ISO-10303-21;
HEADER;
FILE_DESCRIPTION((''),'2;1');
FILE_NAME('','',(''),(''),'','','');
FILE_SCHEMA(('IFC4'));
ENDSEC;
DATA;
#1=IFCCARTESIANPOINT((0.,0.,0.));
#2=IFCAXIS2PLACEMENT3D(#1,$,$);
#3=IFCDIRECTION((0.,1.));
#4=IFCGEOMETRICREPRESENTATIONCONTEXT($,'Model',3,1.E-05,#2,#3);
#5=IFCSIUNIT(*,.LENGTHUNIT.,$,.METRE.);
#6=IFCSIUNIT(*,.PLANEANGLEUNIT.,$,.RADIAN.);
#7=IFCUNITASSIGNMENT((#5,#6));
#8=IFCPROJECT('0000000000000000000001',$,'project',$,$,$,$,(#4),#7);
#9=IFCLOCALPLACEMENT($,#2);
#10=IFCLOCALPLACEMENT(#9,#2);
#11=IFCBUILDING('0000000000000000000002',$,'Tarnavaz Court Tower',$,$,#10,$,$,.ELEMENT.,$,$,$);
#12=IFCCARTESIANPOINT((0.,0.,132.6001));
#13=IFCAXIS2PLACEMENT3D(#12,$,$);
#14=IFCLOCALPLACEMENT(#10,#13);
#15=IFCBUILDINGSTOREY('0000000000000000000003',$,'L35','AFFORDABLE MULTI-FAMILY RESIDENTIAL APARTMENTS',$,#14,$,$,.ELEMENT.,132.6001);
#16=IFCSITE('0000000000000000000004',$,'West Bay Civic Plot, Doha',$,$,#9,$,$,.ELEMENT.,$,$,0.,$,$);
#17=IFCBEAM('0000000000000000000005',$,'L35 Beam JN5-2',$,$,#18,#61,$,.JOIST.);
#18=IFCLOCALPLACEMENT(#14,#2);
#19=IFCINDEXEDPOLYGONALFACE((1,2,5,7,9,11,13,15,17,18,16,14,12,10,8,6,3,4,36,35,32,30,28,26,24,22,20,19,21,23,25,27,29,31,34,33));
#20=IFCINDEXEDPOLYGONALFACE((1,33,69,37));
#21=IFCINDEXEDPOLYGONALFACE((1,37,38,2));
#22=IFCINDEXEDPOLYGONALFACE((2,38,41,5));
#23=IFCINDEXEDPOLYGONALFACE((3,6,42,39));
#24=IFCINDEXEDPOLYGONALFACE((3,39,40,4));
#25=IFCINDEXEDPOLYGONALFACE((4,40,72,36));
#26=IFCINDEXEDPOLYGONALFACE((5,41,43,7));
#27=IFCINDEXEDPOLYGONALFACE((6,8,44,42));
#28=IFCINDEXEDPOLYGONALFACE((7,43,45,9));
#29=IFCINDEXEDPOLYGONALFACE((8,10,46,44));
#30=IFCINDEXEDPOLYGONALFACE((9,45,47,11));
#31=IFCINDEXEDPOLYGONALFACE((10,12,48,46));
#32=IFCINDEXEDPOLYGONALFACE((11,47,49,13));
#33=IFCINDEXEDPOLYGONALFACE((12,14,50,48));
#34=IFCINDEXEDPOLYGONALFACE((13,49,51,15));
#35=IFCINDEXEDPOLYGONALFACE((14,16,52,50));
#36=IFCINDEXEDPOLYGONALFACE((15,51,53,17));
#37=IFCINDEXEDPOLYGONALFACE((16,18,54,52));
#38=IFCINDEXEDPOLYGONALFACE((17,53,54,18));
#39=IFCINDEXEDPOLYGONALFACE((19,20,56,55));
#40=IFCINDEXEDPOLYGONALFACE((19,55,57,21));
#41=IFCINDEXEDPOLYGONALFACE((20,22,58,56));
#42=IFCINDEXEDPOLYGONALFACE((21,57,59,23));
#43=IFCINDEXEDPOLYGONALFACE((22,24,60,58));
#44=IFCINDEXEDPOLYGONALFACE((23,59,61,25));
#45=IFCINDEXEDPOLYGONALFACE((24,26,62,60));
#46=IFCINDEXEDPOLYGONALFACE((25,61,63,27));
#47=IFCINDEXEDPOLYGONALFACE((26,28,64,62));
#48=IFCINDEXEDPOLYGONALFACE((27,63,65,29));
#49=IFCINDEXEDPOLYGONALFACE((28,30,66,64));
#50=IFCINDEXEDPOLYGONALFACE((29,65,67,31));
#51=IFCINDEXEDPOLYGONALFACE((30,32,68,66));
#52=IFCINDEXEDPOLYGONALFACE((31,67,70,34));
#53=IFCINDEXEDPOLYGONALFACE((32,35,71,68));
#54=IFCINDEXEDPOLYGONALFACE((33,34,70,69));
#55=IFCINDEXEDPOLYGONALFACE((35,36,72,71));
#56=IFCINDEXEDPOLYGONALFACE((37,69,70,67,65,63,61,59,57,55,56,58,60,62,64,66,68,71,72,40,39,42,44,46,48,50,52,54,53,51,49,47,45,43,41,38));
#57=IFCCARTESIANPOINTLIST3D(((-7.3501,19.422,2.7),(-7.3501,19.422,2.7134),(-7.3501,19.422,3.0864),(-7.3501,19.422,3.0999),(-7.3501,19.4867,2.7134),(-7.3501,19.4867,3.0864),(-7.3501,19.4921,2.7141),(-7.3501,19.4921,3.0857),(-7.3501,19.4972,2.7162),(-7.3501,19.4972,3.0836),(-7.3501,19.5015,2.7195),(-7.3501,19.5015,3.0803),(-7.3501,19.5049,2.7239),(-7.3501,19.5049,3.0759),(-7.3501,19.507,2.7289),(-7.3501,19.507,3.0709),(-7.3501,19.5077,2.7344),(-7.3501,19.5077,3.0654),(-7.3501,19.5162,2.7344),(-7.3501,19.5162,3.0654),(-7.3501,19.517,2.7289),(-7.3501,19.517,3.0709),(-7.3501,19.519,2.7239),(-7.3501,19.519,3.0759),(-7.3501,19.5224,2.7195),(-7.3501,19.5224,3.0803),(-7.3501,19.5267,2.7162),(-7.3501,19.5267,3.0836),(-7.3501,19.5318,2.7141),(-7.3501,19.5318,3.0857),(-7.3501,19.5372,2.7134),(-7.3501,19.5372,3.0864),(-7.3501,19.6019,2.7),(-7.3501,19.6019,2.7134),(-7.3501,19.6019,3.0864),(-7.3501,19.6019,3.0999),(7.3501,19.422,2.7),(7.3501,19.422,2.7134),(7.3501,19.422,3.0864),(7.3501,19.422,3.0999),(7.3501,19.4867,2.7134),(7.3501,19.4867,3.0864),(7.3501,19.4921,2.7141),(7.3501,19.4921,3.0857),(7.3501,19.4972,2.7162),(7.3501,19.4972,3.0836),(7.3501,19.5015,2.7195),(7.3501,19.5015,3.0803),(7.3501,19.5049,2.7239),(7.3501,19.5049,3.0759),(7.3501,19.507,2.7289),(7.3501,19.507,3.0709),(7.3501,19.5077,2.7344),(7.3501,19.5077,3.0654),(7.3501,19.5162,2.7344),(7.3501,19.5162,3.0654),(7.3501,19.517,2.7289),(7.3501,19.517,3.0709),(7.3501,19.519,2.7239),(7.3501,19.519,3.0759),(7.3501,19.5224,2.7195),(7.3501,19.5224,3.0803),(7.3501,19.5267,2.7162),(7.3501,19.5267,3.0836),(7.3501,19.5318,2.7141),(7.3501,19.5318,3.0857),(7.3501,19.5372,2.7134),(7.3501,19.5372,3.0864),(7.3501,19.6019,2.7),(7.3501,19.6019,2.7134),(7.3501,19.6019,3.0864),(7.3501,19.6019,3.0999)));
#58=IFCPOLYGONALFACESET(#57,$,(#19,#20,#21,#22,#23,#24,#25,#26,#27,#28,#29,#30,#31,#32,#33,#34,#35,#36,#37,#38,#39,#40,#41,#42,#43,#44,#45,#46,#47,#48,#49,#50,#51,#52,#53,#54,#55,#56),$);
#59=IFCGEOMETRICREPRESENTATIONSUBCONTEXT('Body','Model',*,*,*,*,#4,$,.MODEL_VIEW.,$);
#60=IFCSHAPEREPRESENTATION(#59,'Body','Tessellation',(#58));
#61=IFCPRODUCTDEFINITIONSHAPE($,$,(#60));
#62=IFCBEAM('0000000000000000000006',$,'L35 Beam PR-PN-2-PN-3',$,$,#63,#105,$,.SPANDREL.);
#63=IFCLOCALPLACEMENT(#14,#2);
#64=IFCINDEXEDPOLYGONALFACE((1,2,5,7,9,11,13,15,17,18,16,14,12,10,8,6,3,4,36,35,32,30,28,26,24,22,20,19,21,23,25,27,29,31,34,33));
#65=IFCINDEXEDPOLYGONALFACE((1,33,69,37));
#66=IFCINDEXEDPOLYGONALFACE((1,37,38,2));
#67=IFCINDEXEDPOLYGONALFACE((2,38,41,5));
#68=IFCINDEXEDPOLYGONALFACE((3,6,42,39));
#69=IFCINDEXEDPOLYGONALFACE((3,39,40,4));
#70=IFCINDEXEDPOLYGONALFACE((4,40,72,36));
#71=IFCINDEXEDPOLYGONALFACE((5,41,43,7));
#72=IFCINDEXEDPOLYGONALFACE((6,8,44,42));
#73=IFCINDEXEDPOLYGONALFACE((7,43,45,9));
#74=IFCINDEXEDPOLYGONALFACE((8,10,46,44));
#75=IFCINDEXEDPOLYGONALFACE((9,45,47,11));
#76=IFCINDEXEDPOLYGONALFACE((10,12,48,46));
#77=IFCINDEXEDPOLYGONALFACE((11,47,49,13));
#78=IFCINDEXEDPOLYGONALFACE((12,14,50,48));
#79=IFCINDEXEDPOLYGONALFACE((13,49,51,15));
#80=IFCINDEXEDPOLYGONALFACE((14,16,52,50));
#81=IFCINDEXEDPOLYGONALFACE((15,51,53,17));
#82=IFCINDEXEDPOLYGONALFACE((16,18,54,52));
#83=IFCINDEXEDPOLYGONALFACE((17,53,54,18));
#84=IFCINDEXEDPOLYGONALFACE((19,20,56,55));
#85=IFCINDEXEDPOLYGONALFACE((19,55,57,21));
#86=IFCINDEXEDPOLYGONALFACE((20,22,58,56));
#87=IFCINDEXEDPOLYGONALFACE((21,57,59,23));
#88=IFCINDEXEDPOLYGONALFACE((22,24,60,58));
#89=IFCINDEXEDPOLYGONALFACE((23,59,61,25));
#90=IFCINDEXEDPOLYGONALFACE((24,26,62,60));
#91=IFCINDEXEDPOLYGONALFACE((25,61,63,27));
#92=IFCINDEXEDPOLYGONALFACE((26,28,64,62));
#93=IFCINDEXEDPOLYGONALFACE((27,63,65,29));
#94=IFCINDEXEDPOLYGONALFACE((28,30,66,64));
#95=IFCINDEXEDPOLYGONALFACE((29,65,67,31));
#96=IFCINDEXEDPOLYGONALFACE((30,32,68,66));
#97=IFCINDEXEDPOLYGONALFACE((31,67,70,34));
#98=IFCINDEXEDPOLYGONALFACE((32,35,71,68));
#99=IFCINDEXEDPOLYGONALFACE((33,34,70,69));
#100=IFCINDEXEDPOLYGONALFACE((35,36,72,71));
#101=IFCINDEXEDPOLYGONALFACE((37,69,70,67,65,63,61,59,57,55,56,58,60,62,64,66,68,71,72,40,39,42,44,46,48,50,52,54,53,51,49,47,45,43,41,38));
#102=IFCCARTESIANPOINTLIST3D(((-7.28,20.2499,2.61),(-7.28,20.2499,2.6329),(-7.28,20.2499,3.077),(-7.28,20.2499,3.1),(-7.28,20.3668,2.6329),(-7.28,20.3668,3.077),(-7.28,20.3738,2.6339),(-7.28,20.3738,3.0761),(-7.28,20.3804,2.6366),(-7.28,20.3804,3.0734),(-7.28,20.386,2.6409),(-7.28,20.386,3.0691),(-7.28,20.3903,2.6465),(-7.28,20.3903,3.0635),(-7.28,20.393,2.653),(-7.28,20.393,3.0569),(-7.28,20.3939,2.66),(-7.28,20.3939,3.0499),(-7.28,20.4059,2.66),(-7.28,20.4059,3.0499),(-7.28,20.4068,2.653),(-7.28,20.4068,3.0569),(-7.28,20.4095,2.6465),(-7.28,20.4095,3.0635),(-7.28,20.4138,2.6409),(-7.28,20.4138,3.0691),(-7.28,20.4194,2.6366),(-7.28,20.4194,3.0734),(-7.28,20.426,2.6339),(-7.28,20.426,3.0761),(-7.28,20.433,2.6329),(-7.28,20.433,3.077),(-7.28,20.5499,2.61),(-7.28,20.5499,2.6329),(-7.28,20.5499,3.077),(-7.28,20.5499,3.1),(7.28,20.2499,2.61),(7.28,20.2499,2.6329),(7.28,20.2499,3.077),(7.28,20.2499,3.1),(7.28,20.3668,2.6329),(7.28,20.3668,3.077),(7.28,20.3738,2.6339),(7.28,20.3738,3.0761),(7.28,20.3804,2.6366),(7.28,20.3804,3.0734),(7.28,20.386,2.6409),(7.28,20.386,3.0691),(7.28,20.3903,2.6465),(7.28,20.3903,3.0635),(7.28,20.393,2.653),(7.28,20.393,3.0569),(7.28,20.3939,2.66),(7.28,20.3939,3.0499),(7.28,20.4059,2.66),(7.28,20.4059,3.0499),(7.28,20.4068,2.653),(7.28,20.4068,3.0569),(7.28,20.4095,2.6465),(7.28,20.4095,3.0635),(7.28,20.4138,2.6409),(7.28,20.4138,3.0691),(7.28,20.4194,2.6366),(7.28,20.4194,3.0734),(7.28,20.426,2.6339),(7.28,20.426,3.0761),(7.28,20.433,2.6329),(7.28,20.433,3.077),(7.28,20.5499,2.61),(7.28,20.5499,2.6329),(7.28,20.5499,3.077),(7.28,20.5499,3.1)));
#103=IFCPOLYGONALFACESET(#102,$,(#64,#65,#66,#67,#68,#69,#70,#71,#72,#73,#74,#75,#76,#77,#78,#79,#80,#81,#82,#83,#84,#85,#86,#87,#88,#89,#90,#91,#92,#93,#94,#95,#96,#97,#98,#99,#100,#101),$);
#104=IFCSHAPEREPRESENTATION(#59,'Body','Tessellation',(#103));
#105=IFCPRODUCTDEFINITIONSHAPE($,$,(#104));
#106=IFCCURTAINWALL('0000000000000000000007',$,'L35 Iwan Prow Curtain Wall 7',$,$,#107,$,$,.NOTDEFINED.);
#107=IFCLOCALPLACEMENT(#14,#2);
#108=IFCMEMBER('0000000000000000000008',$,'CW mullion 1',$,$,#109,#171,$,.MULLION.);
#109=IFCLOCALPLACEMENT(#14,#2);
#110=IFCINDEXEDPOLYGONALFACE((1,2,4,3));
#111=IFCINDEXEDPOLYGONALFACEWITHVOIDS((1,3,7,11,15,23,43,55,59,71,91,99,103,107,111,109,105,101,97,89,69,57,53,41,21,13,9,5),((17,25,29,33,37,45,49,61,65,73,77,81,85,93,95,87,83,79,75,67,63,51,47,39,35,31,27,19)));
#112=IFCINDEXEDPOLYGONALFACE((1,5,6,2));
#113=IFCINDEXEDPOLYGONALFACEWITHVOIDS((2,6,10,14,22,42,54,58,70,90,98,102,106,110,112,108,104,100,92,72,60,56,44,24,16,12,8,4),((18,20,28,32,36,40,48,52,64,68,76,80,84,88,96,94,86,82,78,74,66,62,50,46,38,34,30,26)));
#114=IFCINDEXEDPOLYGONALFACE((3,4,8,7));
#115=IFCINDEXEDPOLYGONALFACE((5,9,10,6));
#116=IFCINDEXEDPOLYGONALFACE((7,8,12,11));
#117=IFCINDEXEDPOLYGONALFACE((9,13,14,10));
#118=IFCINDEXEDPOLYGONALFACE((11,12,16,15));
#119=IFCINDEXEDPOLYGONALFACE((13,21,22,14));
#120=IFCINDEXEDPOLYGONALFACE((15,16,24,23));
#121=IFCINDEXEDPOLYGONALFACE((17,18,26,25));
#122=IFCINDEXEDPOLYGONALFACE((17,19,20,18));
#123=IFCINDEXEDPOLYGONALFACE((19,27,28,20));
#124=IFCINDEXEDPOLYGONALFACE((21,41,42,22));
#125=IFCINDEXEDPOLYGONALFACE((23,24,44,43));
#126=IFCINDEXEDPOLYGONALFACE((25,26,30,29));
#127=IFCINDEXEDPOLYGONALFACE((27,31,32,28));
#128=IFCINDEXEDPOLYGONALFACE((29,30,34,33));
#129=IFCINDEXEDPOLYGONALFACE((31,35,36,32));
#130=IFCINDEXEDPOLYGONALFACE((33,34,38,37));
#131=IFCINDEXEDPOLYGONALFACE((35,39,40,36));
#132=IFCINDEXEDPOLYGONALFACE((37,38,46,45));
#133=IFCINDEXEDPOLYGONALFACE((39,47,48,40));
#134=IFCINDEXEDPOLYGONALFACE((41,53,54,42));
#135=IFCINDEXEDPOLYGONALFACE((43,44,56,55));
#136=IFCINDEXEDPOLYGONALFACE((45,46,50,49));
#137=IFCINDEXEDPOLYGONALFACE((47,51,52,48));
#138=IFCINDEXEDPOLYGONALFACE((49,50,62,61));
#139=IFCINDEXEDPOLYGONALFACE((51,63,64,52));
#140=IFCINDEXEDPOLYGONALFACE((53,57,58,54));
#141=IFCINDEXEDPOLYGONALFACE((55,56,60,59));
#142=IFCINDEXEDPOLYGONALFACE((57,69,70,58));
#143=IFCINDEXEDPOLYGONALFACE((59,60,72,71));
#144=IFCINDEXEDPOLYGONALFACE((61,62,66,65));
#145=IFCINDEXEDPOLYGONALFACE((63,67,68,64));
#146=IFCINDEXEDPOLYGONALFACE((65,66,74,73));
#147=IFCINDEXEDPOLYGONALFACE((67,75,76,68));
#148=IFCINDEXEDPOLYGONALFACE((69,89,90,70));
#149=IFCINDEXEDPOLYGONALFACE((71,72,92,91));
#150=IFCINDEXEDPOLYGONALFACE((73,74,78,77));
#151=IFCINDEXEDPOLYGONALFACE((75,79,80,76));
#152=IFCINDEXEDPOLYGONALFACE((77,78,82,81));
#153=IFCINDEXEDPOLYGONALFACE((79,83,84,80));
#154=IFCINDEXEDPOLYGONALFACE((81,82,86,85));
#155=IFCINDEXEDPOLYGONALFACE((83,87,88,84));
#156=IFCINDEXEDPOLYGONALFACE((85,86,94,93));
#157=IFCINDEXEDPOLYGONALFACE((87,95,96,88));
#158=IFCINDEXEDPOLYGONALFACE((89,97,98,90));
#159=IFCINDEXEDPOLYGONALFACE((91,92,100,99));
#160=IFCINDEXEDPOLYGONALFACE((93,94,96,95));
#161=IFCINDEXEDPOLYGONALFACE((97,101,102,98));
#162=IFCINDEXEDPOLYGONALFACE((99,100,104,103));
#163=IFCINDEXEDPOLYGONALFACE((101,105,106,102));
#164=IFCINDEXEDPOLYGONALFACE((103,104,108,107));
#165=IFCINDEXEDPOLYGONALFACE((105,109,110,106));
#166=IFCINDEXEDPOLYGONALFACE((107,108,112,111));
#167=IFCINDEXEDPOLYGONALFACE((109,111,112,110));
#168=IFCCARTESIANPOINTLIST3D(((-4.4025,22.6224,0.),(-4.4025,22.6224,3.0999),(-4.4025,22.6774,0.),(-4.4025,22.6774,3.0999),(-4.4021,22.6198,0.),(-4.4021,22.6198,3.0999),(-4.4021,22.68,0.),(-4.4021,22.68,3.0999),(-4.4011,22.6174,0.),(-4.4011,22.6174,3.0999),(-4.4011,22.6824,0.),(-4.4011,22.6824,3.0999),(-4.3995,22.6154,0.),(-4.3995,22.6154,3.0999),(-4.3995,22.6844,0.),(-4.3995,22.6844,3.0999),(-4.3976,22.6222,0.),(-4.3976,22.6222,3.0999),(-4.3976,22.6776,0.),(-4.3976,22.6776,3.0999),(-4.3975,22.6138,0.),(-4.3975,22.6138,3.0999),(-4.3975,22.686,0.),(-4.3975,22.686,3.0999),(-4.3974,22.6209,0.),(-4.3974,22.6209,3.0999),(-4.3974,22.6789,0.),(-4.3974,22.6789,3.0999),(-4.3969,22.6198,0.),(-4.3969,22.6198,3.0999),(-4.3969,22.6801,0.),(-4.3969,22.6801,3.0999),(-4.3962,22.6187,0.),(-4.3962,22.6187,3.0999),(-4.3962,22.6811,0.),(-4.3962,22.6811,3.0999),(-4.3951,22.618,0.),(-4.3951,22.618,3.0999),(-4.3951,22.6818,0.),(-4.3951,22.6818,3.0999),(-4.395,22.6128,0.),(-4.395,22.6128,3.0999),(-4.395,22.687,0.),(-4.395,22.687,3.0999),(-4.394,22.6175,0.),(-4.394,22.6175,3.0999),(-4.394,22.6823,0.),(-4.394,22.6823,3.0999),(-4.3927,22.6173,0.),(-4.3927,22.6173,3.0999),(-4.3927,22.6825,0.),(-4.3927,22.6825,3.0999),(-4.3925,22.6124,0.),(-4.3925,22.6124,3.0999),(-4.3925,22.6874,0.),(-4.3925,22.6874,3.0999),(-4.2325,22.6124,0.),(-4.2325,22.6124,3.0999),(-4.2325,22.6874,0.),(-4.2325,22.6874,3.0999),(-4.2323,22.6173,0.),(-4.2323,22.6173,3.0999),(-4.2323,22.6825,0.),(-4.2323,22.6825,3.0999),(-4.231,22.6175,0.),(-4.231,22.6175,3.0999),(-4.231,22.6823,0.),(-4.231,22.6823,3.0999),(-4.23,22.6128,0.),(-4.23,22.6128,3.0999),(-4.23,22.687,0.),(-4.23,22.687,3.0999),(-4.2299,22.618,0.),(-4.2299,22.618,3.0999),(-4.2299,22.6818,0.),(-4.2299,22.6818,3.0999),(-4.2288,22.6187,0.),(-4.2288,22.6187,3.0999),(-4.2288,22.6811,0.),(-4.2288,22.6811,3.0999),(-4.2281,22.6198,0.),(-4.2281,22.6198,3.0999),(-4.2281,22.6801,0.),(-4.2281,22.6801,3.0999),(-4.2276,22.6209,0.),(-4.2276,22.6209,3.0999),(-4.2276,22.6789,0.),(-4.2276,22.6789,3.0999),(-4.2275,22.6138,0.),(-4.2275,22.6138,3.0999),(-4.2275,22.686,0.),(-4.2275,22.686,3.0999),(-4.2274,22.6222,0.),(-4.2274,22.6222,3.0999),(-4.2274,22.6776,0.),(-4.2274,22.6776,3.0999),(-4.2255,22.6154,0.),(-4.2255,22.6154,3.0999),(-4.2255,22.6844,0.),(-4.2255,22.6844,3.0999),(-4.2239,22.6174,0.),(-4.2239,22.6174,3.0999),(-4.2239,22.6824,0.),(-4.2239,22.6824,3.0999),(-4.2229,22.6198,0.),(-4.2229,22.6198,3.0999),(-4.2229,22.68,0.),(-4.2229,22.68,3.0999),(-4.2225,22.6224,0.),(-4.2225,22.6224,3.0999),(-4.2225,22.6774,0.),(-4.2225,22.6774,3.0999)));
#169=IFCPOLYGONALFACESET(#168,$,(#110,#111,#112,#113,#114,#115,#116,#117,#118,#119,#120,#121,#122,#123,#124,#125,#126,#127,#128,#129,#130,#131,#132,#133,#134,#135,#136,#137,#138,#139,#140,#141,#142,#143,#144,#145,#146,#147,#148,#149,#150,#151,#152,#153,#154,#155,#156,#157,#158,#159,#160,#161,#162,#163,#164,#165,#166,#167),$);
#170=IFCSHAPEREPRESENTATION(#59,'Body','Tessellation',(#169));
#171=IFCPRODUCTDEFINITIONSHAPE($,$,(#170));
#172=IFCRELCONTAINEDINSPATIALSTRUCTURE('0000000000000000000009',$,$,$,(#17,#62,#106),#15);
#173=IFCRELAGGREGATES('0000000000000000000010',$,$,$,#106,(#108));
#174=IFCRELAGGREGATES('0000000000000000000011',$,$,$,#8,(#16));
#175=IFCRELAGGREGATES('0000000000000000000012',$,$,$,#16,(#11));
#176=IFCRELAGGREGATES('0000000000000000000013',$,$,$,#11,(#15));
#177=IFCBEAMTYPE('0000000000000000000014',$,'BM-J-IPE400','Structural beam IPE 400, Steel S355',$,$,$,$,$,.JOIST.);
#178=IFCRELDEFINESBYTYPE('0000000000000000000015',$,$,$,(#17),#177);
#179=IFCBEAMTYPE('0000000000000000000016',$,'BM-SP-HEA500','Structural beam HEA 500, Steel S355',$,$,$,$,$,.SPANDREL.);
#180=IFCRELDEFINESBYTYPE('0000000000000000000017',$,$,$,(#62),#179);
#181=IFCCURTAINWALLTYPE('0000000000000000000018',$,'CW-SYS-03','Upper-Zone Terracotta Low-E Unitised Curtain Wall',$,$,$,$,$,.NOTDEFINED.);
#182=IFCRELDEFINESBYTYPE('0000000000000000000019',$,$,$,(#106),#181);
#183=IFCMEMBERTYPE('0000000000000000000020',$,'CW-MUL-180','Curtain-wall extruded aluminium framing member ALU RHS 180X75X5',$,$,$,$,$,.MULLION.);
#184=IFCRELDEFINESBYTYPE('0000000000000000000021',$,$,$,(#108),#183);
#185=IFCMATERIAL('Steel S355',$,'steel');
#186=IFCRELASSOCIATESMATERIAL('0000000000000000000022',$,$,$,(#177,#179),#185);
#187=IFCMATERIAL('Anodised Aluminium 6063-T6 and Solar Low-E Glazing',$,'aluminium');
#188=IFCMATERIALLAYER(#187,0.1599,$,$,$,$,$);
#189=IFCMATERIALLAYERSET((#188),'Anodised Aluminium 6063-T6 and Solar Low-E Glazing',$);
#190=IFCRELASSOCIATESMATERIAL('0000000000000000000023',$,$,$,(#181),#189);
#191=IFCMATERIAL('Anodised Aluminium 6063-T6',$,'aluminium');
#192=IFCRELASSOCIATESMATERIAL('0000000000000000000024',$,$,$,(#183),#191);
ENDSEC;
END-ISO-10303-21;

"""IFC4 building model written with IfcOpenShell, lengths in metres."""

from ifc_helpers import new_model, si_unit, direction, frame, origin, origin_2d, place, context, subcontext, project, spatial, hollow_rectangle, i_section, extrude, material, layer, layer_set, material_profile, profile_set, type_object, element, aggregate, save


model = new_model("IFC4")

# Units and contexts
model_context = context("Model", 3, precision=1e-05, world=origin(), true_north=direction((0.0, 1.0)))
body_context = subcontext(model_context, "Body", "Model", "MODEL_VIEW")
ifc_project = project(units=[si_unit("LENGTHUNIT", "METRE"), si_unit("PLANEANGLEUNIT", "RADIAN")], contexts=[model_context])

# Site, building, storey
site_placement = place(None, origin())
site = spatial("IfcSite", under=ifc_project, at=site_placement, Name="West Bay Civic Plot, Doha", CompositionType="ELEMENT", RefElevation=0.0)
building_placement = place(site_placement, origin())
building = spatial("IfcBuilding", under=site, at=building_placement, Name="Tarnavaz Court Tower", CompositionType="ELEMENT")
storey_placement = place(building_placement, frame((0.0, 0.0, 132.6001)))
storey = spatial("IfcBuildingStorey", under=building, at=storey_placement, Name="L35", Description="AFFORDABLE MULTI-FAMILY RESIDENTIAL APARTMENTS", CompositionType="ELEMENT", Elevation=132.6001)

# Beams
ifc_material_1 = material(Name="Steel S355", Category="steel")
ifc_material_profile_1 = material_profile(ifc_material_1, i_section(OverallWidth=0.1799, OverallDepth=0.3999, WebThickness=0.0085, FlangeThickness=0.0134, FilletRadius=0.021, at=origin_2d()), Name="IPE 400")
ifc_profile_set_1 = profile_set([ifc_material_profile_1], Name="Steel S355")
beam_type_1 = type_object("IfcBeamType", Name="BM-J-IPE400", Description="Structural beam IPE 400, Steel S355", PredefinedType="JOIST", material=ifc_profile_set_1)
for number, where, z_axis, x_axis, name in (
    (1, (-7.3501, 19.512, 2.8999), (1.0, 0.0, 0.0), (0.0, 1.0, 0.0), "L35 Beam JN5-2"),
):
    element("IfcBeam", number, at=place(storey_placement, frame(where, z_axis=z_axis, x_axis=x_axis)), inside=storey, type_object=beam_type_1, Name=name, PredefinedType="JOIST", context=body_context, shape_type="SweptSolid", body=[
        extrude(i_section(OverallWidth=0.1799, OverallDepth=0.3999, WebThickness=0.0085, FlangeThickness=0.0134, FilletRadius=0.021, at=origin_2d()), origin(), (0.0, 0.0, 1.0), 14.7002),
    ])
ifc_material_profile_2 = material_profile(ifc_material_1, i_section(OverallWidth=0.3, OverallDepth=0.49, WebThickness=0.012, FlangeThickness=0.0229, FilletRadius=0.0271, at=origin_2d()), Name="HEA 500")
ifc_profile_set_2 = profile_set([ifc_material_profile_2], Name="Steel S355")
beam_type_2 = type_object("IfcBeamType", Name="BM-SP-HEA500", Description="Structural beam HEA 500, Steel S355", PredefinedType="SPANDREL", material=ifc_profile_set_2)
beam_placement = place(storey_placement, frame((-7.28, 20.3999, 2.855), z_axis=(1.0, 0.0, 0.0), x_axis=(0.0, 1.0, 0.0)))
element("IfcBeam", 2, at=beam_placement, inside=storey, type_object=beam_type_2, Name="L35 Beam PR-PN-2-PN-3", PredefinedType="SPANDREL", context=body_context, shape_type="SweptSolid", body=[
    extrude(i_section(OverallWidth=0.3, OverallDepth=0.49, WebThickness=0.012, FlangeThickness=0.0229, FilletRadius=0.0271, at=origin_2d()), origin(), (0.0, 0.0, 1.0), 14.5601),
])

# Curtain wall, member
ifc_material_2 = material(Name="Anodised Aluminium 6063-T6 and Solar Low-E Glazing", Category="aluminium")
ifc_layer_1 = layer(ifc_material_2, 0.1599)
ifc_layer_set_1 = layer_set([ifc_layer_1], Name="Anodised Aluminium 6063-T6 and Solar Low-E Glazing")
curtain_wall_type = type_object("IfcCurtainWallType", Name="CW-SYS-03", Description="Upper-Zone Terracotta Low-E Unitised Curtain Wall", PredefinedType="NOTDEFINED", material=ifc_layer_set_1)
curtain_wall_placement = place(storey_placement, origin())
curtain_wall = element("IfcCurtainWall", 3, at=curtain_wall_placement, inside=storey, type_object=curtain_wall_type, Name="L35 Iwan Prow Curtain Wall 7", PredefinedType="NOTDEFINED")
ifc_material_3 = material(Name="Anodised Aluminium 6063-T6", Category="aluminium")
ifc_material_profile_3 = material_profile(ifc_material_3, hollow_rectangle(XDim=0.075, YDim=0.1799, WallThickness=0.0049, InnerFilletRadius=0.0049, OuterFilletRadius=0.01, at=origin_2d()), Name="ALU RHS 180X75X5")
ifc_profile_set_3 = profile_set([ifc_material_profile_3], Name="Anodised Aluminium 6063-T6")
member_type_1 = type_object("IfcMemberType", Name="CW-MUL-180", Description="Curtain-wall extruded aluminium framing member ALU RHS 180X75X5", PredefinedType="MULLION", material=ifc_profile_set_3)
member_1_placement = place(storey_placement, frame((-4.3125, 22.6499, 0.0), z_axis=(0.0, 0.0, 1.0), x_axis=(0.0, 1.0, 0.0)))
member_1 = element("IfcMember", 4, at=member_1_placement, type_object=member_type_1, Name="CW mullion 1", PredefinedType="MULLION", context=body_context, shape_type="SweptSolid", body=[
    extrude(hollow_rectangle(XDim=0.075, YDim=0.1799, WallThickness=0.0049, InnerFilletRadius=0.0049, OuterFilletRadius=0.01, at=origin_2d()), origin(), (0.0, 0.0, 1.0), 3.0999),
])
aggregate(curtain_wall, [member_1])

save(model, "model.ifc")
